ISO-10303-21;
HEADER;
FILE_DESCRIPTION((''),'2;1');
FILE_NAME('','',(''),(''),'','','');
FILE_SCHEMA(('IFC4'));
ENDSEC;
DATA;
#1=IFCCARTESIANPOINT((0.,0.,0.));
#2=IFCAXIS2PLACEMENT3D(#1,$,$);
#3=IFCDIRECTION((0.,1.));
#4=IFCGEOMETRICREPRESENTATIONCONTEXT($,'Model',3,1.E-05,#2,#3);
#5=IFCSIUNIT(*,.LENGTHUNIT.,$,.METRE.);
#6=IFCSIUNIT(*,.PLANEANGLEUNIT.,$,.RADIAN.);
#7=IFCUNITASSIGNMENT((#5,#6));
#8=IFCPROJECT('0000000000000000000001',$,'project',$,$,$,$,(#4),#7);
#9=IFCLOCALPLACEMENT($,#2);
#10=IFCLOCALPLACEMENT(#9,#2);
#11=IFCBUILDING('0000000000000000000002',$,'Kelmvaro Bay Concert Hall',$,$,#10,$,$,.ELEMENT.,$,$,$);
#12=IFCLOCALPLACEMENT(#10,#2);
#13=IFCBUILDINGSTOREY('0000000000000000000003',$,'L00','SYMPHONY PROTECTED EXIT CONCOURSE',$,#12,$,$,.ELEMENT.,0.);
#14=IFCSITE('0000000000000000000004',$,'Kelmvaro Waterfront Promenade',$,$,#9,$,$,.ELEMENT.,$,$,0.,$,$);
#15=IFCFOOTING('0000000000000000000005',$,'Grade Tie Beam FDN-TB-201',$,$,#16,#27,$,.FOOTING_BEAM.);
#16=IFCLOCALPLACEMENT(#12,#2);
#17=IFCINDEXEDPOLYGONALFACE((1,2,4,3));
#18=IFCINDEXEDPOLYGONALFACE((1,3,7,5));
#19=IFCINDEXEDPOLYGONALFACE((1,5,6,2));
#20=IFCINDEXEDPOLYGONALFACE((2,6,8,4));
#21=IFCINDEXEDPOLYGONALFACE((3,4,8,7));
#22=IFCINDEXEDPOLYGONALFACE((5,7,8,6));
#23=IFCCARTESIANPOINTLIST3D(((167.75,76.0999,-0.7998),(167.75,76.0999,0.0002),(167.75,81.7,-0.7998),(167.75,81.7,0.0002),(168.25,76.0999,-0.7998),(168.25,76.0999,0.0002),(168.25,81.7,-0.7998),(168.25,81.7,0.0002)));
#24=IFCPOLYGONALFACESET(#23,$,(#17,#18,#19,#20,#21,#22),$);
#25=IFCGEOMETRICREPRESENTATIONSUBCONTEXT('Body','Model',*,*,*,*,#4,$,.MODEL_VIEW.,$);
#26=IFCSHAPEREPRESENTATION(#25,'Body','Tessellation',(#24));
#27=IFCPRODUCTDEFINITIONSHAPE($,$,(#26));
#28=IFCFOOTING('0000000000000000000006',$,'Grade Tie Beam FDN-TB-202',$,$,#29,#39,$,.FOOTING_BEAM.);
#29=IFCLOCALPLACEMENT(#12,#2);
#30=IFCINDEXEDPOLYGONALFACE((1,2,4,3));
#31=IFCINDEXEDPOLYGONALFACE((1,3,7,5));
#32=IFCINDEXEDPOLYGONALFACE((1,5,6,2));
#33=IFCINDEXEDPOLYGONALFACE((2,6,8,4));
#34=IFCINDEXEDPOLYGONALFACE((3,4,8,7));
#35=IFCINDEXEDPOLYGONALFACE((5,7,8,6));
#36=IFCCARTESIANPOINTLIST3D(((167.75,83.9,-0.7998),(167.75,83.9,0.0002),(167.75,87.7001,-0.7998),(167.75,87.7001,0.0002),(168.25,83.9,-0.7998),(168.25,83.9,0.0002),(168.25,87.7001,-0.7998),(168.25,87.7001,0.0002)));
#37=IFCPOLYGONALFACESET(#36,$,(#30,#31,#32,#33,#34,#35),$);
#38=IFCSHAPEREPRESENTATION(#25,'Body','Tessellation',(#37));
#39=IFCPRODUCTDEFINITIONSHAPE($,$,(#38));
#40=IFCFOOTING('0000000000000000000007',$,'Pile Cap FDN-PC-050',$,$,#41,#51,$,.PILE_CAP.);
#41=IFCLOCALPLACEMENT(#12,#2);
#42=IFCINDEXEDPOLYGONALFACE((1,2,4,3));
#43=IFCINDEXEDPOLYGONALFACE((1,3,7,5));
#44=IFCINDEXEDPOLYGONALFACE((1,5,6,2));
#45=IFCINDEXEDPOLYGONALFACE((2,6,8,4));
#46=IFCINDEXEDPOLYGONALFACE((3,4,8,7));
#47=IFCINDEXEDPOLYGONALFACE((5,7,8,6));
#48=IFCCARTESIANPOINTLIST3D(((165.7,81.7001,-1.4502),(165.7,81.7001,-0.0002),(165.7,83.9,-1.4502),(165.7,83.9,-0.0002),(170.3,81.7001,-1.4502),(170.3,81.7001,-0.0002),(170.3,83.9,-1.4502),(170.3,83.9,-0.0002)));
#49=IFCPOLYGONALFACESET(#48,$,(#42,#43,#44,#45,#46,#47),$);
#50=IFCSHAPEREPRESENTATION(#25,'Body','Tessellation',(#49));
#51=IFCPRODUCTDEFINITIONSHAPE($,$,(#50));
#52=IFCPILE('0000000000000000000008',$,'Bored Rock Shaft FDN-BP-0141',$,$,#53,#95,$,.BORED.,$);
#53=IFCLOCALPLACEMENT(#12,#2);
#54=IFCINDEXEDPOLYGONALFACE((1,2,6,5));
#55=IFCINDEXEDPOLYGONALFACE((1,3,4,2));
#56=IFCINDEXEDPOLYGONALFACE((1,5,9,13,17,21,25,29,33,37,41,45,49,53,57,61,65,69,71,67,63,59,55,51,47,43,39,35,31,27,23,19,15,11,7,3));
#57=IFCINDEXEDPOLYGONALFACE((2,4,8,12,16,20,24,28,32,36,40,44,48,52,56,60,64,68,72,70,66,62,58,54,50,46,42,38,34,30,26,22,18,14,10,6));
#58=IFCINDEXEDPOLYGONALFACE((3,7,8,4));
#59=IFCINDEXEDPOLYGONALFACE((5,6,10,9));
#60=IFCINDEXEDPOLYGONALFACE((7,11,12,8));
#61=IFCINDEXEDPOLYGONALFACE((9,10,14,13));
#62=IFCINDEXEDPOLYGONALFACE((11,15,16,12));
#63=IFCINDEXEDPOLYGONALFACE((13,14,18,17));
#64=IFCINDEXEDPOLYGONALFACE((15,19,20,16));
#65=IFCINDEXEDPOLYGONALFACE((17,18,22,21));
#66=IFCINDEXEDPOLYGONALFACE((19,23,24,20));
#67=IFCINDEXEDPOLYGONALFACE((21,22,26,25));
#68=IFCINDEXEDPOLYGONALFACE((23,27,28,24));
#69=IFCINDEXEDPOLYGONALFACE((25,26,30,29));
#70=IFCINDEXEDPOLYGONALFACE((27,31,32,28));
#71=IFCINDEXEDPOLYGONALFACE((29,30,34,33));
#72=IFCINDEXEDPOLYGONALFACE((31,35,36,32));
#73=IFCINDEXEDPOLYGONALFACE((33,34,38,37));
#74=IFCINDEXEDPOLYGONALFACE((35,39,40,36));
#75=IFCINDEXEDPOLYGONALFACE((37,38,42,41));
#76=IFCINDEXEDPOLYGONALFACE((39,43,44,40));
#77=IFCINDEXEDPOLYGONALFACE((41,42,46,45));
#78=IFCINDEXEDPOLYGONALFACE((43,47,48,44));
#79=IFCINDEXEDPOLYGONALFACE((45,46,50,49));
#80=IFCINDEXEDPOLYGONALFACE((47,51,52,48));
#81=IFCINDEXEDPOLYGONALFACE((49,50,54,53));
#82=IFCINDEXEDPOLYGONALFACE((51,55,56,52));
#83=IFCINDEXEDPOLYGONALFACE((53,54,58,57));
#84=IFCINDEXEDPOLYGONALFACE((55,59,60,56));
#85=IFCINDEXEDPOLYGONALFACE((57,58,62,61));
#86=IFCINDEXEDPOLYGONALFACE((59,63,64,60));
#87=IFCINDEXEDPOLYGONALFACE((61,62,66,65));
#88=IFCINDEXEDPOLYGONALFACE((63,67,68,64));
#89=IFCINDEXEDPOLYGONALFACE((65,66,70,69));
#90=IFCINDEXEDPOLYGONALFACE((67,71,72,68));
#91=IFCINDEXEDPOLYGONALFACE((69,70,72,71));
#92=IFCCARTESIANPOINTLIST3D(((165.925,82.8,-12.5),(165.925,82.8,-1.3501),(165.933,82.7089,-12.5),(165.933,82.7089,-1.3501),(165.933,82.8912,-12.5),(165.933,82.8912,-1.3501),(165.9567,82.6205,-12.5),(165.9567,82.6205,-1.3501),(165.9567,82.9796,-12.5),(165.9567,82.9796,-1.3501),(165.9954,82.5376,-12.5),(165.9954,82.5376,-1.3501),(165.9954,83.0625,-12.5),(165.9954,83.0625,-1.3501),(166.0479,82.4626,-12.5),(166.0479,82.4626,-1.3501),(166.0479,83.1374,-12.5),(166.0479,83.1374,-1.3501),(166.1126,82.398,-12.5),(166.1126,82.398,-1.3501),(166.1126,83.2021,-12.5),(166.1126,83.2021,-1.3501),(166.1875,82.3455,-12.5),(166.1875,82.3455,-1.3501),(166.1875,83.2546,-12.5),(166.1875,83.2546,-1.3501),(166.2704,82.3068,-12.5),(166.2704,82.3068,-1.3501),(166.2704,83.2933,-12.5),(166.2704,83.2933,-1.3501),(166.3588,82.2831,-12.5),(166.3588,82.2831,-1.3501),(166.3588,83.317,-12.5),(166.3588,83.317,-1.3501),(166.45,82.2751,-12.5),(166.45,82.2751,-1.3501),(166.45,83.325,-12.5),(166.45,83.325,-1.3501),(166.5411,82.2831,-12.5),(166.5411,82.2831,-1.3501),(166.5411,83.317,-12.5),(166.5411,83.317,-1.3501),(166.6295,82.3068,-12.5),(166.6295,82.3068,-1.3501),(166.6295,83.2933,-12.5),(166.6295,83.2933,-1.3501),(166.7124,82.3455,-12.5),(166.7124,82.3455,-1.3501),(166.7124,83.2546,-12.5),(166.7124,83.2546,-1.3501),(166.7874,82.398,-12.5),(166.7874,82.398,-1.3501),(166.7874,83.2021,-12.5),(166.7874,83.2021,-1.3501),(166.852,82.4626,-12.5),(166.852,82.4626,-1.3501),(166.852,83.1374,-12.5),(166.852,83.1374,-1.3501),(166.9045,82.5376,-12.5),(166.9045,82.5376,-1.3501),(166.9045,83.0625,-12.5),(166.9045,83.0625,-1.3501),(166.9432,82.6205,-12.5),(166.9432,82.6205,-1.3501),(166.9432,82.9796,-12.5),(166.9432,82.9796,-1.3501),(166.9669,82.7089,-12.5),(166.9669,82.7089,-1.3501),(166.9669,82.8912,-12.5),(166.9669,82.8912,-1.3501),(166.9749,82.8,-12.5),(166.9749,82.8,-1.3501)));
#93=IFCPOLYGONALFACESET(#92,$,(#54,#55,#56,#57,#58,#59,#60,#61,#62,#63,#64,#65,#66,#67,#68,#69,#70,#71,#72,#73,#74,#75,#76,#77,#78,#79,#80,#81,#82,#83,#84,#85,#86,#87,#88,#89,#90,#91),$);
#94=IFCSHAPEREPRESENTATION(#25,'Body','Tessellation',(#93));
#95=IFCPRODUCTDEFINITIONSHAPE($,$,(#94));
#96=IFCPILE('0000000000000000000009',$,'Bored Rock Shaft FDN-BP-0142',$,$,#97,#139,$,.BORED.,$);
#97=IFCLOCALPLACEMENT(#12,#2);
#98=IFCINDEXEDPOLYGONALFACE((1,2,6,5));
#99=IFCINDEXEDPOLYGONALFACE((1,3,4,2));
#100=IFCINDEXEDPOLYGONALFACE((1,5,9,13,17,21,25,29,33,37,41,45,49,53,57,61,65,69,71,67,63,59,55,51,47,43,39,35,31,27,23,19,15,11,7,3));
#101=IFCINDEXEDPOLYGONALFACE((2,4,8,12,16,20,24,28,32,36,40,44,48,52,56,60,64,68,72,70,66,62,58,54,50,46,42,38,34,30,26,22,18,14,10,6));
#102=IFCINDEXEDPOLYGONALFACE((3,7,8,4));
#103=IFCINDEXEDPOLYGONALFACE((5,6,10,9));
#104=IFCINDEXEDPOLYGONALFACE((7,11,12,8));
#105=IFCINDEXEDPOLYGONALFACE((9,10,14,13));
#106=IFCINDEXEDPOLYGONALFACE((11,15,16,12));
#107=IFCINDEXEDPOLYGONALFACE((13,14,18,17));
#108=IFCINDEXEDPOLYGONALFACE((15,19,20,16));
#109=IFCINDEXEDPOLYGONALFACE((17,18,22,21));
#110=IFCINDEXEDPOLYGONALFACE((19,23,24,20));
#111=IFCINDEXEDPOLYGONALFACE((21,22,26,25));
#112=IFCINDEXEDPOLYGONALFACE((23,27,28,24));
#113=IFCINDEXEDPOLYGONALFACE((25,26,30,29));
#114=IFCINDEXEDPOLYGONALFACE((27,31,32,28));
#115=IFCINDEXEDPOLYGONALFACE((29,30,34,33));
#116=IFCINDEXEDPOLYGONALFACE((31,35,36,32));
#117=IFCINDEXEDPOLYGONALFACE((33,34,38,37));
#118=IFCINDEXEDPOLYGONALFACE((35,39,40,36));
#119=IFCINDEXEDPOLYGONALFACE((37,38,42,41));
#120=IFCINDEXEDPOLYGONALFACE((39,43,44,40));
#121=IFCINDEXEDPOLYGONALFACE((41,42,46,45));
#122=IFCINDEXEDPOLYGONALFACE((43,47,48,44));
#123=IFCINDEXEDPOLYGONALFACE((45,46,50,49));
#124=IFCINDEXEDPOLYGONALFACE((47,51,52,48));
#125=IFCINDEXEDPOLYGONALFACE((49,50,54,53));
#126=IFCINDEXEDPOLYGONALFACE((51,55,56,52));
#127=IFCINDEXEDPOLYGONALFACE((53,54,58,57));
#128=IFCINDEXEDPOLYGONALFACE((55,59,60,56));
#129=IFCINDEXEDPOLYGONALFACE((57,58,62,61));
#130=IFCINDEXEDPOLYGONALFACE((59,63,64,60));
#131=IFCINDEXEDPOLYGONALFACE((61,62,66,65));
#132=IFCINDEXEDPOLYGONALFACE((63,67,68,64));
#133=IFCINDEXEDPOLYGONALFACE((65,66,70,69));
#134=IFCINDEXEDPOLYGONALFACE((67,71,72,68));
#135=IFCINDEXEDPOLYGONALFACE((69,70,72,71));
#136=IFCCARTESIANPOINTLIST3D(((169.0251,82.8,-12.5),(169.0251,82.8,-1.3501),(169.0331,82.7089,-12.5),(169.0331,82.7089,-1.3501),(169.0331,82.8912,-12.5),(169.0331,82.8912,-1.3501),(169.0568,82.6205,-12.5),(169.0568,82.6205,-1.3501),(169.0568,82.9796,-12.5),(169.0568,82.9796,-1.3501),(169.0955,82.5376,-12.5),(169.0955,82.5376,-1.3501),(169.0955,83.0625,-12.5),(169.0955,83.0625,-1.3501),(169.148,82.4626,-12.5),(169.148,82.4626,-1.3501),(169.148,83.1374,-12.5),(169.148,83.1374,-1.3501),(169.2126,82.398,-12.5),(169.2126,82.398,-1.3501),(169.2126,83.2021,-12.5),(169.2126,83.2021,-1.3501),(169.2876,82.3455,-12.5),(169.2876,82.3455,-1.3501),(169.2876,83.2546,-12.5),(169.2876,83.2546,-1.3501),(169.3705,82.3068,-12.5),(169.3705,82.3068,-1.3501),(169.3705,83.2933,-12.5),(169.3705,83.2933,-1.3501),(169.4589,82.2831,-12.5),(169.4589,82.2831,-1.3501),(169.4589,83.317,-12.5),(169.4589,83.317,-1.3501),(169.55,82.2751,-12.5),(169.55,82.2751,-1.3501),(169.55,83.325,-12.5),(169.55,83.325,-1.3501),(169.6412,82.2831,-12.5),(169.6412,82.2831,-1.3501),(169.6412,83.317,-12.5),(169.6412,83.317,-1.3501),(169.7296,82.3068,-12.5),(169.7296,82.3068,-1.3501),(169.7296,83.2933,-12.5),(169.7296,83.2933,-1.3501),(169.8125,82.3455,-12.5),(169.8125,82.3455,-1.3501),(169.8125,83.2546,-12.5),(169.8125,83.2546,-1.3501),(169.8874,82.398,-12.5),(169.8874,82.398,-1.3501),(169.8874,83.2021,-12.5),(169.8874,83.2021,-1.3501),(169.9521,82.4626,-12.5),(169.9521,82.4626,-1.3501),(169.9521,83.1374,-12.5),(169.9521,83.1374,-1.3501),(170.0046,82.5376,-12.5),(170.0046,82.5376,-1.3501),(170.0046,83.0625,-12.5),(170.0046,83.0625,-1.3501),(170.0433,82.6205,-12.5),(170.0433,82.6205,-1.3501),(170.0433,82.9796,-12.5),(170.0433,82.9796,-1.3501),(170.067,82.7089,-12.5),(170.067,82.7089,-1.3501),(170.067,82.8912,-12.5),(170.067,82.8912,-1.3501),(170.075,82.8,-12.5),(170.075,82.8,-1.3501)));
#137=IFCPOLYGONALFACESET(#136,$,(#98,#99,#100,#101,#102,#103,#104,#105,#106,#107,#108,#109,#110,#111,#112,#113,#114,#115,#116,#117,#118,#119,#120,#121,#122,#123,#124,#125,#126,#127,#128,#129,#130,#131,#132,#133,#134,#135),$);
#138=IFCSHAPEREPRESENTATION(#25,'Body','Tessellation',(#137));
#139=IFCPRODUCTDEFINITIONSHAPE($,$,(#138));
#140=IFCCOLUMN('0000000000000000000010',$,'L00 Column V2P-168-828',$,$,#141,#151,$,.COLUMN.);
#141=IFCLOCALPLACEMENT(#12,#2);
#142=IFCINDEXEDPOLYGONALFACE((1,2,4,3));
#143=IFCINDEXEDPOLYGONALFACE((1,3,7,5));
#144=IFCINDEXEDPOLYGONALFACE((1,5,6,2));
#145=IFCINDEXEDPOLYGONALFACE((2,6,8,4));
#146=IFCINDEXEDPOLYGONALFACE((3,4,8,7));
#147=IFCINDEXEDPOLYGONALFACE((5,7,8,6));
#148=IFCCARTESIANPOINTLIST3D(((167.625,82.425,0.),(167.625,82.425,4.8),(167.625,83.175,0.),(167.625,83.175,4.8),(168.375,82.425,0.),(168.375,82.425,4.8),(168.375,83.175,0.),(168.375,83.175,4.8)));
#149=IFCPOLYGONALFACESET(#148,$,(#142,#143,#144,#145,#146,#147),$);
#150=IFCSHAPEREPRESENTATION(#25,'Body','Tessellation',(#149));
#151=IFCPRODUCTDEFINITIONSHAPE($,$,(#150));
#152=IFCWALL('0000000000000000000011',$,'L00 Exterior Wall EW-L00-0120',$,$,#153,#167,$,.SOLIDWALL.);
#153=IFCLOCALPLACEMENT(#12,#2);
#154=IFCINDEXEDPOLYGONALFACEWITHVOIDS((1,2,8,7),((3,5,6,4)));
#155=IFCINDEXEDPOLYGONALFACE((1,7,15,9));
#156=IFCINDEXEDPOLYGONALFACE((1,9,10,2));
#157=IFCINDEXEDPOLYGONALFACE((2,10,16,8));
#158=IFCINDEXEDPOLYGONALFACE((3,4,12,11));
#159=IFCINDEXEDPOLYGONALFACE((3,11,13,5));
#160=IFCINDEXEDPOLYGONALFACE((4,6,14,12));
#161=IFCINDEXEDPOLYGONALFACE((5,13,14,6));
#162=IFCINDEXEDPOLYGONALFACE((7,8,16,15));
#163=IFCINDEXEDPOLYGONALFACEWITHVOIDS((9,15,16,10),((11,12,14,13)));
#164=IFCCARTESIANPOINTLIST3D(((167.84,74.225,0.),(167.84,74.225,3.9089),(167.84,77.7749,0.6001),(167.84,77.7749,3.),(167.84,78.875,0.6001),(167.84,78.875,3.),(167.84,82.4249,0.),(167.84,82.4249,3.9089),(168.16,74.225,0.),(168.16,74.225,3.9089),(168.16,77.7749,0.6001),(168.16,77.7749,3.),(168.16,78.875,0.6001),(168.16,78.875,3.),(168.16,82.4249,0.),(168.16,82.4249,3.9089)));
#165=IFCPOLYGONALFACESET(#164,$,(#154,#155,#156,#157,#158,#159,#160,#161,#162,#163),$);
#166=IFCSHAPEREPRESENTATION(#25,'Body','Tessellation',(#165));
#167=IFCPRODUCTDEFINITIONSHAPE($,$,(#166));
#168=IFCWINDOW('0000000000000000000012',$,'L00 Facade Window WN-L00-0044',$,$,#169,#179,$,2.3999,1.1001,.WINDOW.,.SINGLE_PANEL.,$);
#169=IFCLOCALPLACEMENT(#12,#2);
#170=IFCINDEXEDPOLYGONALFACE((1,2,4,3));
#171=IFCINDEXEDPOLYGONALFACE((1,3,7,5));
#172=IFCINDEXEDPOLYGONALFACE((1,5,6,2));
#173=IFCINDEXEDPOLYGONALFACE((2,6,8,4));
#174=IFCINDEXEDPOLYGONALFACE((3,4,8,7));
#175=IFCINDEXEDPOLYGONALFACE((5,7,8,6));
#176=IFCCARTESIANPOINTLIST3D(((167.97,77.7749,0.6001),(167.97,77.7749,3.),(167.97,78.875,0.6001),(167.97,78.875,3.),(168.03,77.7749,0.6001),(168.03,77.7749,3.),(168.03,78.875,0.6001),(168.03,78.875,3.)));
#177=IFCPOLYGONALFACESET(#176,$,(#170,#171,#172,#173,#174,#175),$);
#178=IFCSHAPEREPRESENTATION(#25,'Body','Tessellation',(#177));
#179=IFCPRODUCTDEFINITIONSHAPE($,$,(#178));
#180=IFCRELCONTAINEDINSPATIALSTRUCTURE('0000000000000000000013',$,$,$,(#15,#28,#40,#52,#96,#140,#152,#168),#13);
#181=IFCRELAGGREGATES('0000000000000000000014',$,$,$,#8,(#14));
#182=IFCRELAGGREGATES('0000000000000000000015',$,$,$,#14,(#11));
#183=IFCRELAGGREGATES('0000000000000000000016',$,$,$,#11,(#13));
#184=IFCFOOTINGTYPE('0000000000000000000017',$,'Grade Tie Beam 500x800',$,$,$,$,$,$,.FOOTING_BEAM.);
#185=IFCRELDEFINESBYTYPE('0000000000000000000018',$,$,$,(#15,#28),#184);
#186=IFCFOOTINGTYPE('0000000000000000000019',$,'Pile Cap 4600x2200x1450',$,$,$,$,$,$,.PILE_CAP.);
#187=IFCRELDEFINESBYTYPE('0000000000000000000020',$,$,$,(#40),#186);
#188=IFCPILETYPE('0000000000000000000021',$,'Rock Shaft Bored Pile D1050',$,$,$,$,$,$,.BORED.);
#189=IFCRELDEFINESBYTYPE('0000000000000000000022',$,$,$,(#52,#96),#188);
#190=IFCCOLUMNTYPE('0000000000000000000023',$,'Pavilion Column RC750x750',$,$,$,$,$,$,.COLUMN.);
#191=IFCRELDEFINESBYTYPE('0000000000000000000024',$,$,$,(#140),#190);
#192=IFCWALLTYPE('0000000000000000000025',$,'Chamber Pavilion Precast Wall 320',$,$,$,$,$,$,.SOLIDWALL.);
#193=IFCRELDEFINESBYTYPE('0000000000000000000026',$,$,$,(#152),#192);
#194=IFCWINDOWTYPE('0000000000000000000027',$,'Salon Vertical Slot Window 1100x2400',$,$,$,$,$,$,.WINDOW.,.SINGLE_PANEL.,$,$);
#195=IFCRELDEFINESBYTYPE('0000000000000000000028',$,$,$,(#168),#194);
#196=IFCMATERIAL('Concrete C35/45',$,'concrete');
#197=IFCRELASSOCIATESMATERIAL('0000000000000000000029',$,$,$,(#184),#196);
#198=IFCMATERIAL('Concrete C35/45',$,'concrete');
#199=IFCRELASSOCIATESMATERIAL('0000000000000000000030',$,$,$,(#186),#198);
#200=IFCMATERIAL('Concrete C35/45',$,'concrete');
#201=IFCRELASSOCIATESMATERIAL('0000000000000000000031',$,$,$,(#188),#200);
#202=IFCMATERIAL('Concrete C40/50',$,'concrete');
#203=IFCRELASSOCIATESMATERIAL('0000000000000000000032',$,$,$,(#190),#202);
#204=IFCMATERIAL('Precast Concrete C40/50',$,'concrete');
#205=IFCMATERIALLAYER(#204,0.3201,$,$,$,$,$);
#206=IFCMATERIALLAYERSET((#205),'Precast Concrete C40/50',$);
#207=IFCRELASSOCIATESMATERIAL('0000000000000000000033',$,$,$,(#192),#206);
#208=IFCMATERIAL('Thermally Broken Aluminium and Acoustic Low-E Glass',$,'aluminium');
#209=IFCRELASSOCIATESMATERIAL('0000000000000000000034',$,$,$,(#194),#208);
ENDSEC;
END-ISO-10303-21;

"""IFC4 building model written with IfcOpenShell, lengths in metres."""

from ifc_helpers import new_model, si_unit, direction, frame, frame_2d, origin, origin_2d, place, context, subcontext, project, spatial, rectangle, circle, extrude, material, layer, layer_set, material_profile, profile_set, type_object, element, fill, save


model = new_model("IFC4")

# Units and contexts
model_context = context("Model", 3, precision=1e-05, world=origin(), true_north=direction((0.0, 1.0)))
body_context = subcontext(model_context, "Body", "Model", "MODEL_VIEW")
ifc_project = project(units=[si_unit("LENGTHUNIT", "METRE"), si_unit("PLANEANGLEUNIT", "RADIAN")], contexts=[model_context])

# Site, building, storey
site_placement = place(None, origin())
site = spatial("IfcSite", under=ifc_project, at=site_placement, Name="Kelmvaro Waterfront Promenade", CompositionType="ELEMENT", RefElevation=0.0)
building_placement = place(site_placement, origin())
building = spatial("IfcBuilding", under=site, at=building_placement, Name="Kelmvaro Bay Concert Hall", CompositionType="ELEMENT")
storey_placement = place(building_placement, origin())
storey = spatial("IfcBuildingStorey", under=building, at=storey_placement, Name="L00", Description="SYMPHONY PROTECTED EXIT CONCOURSE", CompositionType="ELEMENT", Elevation=0.0)

# Footings
ifc_material_1 = material(Name="Concrete C35/45", Category="concrete")
footing_type_1 = type_object("IfcFootingType", Name="Grade Tie Beam 500x800", PredefinedType="FOOTING_BEAM", material=ifc_material_1)
footing_1_placement = place(storey_placement, frame((168.0, 78.8999, -0.7998), z_axis=(0.0, 0.0, 1.0), x_axis=(0.0, 1.0, 0.0)))
element("IfcFooting", 1, at=footing_1_placement, inside=storey, type_object=footing_type_1, Name="Grade Tie Beam FDN-TB-201", PredefinedType="FOOTING_BEAM", context=body_context, shape_type="SweptSolid", body=[
    extrude(rectangle(XDim=5.6001, YDim=0.5, at=origin_2d()), origin(), (0.0, 0.0, 1.0), 0.8),
])
footing_2_placement = place(storey_placement, frame((168.0, 85.8, -0.7998), z_axis=(0.0, 0.0, 1.0), x_axis=(0.0, 1.0, 0.0)))
element("IfcFooting", 2, at=footing_2_placement, inside=storey, type_object=footing_type_1, Name="Grade Tie Beam FDN-TB-202", PredefinedType="FOOTING_BEAM", context=body_context, shape_type="SweptSolid", body=[
    extrude(rectangle(XDim=3.8, YDim=0.5, at=origin_2d()), origin(), (0.0, 0.0, 1.0), 0.8),
])
ifc_material_2 = material(Name="Concrete C35/45", Category="concrete")
footing_type_2 = type_object("IfcFootingType", Name="Pile Cap 4600x2200x1450", PredefinedType="PILE_CAP", material=ifc_material_2)
footing_3_placement = place(storey_placement, frame((168.0, 82.8, -1.4502), z_axis=(0.0, 0.0, 1.0), x_axis=(1.0, 0.0, 0.0)))
element("IfcFooting", 3, at=footing_3_placement, inside=storey, type_object=footing_type_2, Name="Pile Cap FDN-PC-050", PredefinedType="PILE_CAP", context=body_context, shape_type="SweptSolid", body=[
    extrude(rectangle(XDim=4.6001, YDim=2.2, at=origin_2d()), origin(), (0.0, 0.0, 1.0), 1.45),
])

# Piles
ifc_material_3 = material(Name="Concrete C35/45", Category="concrete")
ifc_material_profile_1 = material_profile(ifc_material_3, circle(Radius=0.5249, at=origin_2d()), Name="PILE-BORED-1050")
ifc_profile_set_1 = profile_set([ifc_material_profile_1], Name="Concrete C35/45")
pile_type = type_object("IfcPileType", Name="Rock Shaft Bored Pile D1050", PredefinedType="BORED", material=ifc_profile_set_1)
for number, where, z_axis, x_axis, name in (
    (4, (166.45, 82.8, -1.3501), (0.0, 0.0, -1.0), (1.0, 0.0, 0.0), "Bored Rock Shaft FDN-BP-0141"),
    (5, (169.55, 82.8, -1.3501), (0.0, 0.0, -1.0), (1.0, 0.0, 0.0), "Bored Rock Shaft FDN-BP-0142"),
):
    element("IfcPile", number, at=place(storey_placement, frame(where, z_axis=z_axis, x_axis=x_axis)), inside=storey, type_object=pile_type, Name=name, PredefinedType="BORED", context=body_context, shape_type="SweptSolid", body=[
        extrude(circle(Radius=0.5249, at=origin_2d()), origin(), (0.0, 0.0, 1.0), 11.1499),
    ])

# Column
ifc_material_4 = material(Name="Concrete C40/50", Category="concrete")
ifc_material_profile_2 = material_profile(ifc_material_4, rectangle(XDim=0.75, YDim=0.75, at=origin_2d()), Name="RC-COL-750X750")
ifc_profile_set_2 = profile_set([ifc_material_profile_2], Name="Concrete C40/50")
column_type = type_object("IfcColumnType", Name="Pavilion Column RC750x750", PredefinedType="COLUMN", material=ifc_profile_set_2)
column_placement = place(storey_placement, frame((168.0, 82.8, 0.0), z_axis=(0.0, 0.0, 1.0), x_axis=(1.0, 0.0, 0.0)))
element("IfcColumn", 6, at=column_placement, inside=storey, type_object=column_type, Name="L00 Column V2P-168-828", PredefinedType="COLUMN", context=body_context, shape_type="SweptSolid", body=[
    extrude(rectangle(XDim=0.75, YDim=0.75, at=origin_2d()), origin(), (0.0, 0.0, 1.0), 4.8),
])

# Wall, opening, window
ifc_material_5 = material(Name="Precast Concrete C40/50", Category="concrete")
ifc_layer_1 = layer(ifc_material_5, 0.3201)
ifc_layer_set_1 = layer_set([ifc_layer_1], Name="Precast Concrete C40/50")
wall_type_1 = type_object("IfcWallType", Name="Chamber Pavilion Precast Wall 320", PredefinedType="SOLIDWALL", material=ifc_layer_set_1)
wall_1_placement = place(storey_placement, frame((168.0, 82.425, 0.0), z_axis=(0.0, 0.0, 1.0), x_axis=(0.0, -1.0, 0.0)))
wall_1 = element("IfcWall", 7, at=wall_1_placement, inside=storey, type_object=wall_type_1, Name="L00 Exterior Wall EW-L00-0120", PredefinedType="SOLIDWALL", context=body_context, shape_type="SweptSolid", body=[
    extrude(rectangle(XDim=8.2, YDim=0.3201, at=frame_2d((4.1001, 0.0))), origin(), (0.0, 0.0, 1.0), 3.9089),
])
opening_1_placement = place(wall_1_placement, frame((3.55, 0.0, 0.6001)))
opening_1 = element("IfcOpeningElement", 8, at=opening_1_placement, cuts=wall_1, PredefinedType="OPENING", context=body_context, shape_type="SweptSolid", body=[
    extrude(rectangle(XDim=1.1001, YDim=2.3999, at=frame_2d((0.55, 1.2))), frame((0.0, 0.1699, 0.0), z_axis=(0.0, -1.0, 0.0), x_axis=(1.0, 0.0, 0.0)), (0.0, 0.0, 1.0), 0.3401),
])
ifc_material_6 = material(Name="Thermally Broken Aluminium and Acoustic Low-E Glass", Category="aluminium")
window_type = type_object("IfcWindowType", Name="Salon Vertical Slot Window 1100x2400", PartitioningType="SINGLE_PANEL", PredefinedType="WINDOW", material=ifc_material_6)
window_placement = place(opening_1_placement, origin())
window = element("IfcWindow", 9, at=window_placement, inside=storey, type_object=window_type, Name="L00 Facade Window WN-L00-0044", OverallHeight=2.3999, OverallWidth=1.1001, PartitioningType="SINGLE_PANEL", PredefinedType="WINDOW", context=body_context, shape_type="SweptSolid", body=[
    extrude(rectangle(XDim=1.1001, YDim=2.3999, at=frame_2d((0.55, 1.2))), frame((0.0, 0.03, 0.0), z_axis=(0.0, -1.0, 0.0), x_axis=(1.0, 0.0, 0.0)), (0.0, 0.0, 1.0), 0.0601),
])
fill(opening_1, window)

save(model, "model.ifc")
